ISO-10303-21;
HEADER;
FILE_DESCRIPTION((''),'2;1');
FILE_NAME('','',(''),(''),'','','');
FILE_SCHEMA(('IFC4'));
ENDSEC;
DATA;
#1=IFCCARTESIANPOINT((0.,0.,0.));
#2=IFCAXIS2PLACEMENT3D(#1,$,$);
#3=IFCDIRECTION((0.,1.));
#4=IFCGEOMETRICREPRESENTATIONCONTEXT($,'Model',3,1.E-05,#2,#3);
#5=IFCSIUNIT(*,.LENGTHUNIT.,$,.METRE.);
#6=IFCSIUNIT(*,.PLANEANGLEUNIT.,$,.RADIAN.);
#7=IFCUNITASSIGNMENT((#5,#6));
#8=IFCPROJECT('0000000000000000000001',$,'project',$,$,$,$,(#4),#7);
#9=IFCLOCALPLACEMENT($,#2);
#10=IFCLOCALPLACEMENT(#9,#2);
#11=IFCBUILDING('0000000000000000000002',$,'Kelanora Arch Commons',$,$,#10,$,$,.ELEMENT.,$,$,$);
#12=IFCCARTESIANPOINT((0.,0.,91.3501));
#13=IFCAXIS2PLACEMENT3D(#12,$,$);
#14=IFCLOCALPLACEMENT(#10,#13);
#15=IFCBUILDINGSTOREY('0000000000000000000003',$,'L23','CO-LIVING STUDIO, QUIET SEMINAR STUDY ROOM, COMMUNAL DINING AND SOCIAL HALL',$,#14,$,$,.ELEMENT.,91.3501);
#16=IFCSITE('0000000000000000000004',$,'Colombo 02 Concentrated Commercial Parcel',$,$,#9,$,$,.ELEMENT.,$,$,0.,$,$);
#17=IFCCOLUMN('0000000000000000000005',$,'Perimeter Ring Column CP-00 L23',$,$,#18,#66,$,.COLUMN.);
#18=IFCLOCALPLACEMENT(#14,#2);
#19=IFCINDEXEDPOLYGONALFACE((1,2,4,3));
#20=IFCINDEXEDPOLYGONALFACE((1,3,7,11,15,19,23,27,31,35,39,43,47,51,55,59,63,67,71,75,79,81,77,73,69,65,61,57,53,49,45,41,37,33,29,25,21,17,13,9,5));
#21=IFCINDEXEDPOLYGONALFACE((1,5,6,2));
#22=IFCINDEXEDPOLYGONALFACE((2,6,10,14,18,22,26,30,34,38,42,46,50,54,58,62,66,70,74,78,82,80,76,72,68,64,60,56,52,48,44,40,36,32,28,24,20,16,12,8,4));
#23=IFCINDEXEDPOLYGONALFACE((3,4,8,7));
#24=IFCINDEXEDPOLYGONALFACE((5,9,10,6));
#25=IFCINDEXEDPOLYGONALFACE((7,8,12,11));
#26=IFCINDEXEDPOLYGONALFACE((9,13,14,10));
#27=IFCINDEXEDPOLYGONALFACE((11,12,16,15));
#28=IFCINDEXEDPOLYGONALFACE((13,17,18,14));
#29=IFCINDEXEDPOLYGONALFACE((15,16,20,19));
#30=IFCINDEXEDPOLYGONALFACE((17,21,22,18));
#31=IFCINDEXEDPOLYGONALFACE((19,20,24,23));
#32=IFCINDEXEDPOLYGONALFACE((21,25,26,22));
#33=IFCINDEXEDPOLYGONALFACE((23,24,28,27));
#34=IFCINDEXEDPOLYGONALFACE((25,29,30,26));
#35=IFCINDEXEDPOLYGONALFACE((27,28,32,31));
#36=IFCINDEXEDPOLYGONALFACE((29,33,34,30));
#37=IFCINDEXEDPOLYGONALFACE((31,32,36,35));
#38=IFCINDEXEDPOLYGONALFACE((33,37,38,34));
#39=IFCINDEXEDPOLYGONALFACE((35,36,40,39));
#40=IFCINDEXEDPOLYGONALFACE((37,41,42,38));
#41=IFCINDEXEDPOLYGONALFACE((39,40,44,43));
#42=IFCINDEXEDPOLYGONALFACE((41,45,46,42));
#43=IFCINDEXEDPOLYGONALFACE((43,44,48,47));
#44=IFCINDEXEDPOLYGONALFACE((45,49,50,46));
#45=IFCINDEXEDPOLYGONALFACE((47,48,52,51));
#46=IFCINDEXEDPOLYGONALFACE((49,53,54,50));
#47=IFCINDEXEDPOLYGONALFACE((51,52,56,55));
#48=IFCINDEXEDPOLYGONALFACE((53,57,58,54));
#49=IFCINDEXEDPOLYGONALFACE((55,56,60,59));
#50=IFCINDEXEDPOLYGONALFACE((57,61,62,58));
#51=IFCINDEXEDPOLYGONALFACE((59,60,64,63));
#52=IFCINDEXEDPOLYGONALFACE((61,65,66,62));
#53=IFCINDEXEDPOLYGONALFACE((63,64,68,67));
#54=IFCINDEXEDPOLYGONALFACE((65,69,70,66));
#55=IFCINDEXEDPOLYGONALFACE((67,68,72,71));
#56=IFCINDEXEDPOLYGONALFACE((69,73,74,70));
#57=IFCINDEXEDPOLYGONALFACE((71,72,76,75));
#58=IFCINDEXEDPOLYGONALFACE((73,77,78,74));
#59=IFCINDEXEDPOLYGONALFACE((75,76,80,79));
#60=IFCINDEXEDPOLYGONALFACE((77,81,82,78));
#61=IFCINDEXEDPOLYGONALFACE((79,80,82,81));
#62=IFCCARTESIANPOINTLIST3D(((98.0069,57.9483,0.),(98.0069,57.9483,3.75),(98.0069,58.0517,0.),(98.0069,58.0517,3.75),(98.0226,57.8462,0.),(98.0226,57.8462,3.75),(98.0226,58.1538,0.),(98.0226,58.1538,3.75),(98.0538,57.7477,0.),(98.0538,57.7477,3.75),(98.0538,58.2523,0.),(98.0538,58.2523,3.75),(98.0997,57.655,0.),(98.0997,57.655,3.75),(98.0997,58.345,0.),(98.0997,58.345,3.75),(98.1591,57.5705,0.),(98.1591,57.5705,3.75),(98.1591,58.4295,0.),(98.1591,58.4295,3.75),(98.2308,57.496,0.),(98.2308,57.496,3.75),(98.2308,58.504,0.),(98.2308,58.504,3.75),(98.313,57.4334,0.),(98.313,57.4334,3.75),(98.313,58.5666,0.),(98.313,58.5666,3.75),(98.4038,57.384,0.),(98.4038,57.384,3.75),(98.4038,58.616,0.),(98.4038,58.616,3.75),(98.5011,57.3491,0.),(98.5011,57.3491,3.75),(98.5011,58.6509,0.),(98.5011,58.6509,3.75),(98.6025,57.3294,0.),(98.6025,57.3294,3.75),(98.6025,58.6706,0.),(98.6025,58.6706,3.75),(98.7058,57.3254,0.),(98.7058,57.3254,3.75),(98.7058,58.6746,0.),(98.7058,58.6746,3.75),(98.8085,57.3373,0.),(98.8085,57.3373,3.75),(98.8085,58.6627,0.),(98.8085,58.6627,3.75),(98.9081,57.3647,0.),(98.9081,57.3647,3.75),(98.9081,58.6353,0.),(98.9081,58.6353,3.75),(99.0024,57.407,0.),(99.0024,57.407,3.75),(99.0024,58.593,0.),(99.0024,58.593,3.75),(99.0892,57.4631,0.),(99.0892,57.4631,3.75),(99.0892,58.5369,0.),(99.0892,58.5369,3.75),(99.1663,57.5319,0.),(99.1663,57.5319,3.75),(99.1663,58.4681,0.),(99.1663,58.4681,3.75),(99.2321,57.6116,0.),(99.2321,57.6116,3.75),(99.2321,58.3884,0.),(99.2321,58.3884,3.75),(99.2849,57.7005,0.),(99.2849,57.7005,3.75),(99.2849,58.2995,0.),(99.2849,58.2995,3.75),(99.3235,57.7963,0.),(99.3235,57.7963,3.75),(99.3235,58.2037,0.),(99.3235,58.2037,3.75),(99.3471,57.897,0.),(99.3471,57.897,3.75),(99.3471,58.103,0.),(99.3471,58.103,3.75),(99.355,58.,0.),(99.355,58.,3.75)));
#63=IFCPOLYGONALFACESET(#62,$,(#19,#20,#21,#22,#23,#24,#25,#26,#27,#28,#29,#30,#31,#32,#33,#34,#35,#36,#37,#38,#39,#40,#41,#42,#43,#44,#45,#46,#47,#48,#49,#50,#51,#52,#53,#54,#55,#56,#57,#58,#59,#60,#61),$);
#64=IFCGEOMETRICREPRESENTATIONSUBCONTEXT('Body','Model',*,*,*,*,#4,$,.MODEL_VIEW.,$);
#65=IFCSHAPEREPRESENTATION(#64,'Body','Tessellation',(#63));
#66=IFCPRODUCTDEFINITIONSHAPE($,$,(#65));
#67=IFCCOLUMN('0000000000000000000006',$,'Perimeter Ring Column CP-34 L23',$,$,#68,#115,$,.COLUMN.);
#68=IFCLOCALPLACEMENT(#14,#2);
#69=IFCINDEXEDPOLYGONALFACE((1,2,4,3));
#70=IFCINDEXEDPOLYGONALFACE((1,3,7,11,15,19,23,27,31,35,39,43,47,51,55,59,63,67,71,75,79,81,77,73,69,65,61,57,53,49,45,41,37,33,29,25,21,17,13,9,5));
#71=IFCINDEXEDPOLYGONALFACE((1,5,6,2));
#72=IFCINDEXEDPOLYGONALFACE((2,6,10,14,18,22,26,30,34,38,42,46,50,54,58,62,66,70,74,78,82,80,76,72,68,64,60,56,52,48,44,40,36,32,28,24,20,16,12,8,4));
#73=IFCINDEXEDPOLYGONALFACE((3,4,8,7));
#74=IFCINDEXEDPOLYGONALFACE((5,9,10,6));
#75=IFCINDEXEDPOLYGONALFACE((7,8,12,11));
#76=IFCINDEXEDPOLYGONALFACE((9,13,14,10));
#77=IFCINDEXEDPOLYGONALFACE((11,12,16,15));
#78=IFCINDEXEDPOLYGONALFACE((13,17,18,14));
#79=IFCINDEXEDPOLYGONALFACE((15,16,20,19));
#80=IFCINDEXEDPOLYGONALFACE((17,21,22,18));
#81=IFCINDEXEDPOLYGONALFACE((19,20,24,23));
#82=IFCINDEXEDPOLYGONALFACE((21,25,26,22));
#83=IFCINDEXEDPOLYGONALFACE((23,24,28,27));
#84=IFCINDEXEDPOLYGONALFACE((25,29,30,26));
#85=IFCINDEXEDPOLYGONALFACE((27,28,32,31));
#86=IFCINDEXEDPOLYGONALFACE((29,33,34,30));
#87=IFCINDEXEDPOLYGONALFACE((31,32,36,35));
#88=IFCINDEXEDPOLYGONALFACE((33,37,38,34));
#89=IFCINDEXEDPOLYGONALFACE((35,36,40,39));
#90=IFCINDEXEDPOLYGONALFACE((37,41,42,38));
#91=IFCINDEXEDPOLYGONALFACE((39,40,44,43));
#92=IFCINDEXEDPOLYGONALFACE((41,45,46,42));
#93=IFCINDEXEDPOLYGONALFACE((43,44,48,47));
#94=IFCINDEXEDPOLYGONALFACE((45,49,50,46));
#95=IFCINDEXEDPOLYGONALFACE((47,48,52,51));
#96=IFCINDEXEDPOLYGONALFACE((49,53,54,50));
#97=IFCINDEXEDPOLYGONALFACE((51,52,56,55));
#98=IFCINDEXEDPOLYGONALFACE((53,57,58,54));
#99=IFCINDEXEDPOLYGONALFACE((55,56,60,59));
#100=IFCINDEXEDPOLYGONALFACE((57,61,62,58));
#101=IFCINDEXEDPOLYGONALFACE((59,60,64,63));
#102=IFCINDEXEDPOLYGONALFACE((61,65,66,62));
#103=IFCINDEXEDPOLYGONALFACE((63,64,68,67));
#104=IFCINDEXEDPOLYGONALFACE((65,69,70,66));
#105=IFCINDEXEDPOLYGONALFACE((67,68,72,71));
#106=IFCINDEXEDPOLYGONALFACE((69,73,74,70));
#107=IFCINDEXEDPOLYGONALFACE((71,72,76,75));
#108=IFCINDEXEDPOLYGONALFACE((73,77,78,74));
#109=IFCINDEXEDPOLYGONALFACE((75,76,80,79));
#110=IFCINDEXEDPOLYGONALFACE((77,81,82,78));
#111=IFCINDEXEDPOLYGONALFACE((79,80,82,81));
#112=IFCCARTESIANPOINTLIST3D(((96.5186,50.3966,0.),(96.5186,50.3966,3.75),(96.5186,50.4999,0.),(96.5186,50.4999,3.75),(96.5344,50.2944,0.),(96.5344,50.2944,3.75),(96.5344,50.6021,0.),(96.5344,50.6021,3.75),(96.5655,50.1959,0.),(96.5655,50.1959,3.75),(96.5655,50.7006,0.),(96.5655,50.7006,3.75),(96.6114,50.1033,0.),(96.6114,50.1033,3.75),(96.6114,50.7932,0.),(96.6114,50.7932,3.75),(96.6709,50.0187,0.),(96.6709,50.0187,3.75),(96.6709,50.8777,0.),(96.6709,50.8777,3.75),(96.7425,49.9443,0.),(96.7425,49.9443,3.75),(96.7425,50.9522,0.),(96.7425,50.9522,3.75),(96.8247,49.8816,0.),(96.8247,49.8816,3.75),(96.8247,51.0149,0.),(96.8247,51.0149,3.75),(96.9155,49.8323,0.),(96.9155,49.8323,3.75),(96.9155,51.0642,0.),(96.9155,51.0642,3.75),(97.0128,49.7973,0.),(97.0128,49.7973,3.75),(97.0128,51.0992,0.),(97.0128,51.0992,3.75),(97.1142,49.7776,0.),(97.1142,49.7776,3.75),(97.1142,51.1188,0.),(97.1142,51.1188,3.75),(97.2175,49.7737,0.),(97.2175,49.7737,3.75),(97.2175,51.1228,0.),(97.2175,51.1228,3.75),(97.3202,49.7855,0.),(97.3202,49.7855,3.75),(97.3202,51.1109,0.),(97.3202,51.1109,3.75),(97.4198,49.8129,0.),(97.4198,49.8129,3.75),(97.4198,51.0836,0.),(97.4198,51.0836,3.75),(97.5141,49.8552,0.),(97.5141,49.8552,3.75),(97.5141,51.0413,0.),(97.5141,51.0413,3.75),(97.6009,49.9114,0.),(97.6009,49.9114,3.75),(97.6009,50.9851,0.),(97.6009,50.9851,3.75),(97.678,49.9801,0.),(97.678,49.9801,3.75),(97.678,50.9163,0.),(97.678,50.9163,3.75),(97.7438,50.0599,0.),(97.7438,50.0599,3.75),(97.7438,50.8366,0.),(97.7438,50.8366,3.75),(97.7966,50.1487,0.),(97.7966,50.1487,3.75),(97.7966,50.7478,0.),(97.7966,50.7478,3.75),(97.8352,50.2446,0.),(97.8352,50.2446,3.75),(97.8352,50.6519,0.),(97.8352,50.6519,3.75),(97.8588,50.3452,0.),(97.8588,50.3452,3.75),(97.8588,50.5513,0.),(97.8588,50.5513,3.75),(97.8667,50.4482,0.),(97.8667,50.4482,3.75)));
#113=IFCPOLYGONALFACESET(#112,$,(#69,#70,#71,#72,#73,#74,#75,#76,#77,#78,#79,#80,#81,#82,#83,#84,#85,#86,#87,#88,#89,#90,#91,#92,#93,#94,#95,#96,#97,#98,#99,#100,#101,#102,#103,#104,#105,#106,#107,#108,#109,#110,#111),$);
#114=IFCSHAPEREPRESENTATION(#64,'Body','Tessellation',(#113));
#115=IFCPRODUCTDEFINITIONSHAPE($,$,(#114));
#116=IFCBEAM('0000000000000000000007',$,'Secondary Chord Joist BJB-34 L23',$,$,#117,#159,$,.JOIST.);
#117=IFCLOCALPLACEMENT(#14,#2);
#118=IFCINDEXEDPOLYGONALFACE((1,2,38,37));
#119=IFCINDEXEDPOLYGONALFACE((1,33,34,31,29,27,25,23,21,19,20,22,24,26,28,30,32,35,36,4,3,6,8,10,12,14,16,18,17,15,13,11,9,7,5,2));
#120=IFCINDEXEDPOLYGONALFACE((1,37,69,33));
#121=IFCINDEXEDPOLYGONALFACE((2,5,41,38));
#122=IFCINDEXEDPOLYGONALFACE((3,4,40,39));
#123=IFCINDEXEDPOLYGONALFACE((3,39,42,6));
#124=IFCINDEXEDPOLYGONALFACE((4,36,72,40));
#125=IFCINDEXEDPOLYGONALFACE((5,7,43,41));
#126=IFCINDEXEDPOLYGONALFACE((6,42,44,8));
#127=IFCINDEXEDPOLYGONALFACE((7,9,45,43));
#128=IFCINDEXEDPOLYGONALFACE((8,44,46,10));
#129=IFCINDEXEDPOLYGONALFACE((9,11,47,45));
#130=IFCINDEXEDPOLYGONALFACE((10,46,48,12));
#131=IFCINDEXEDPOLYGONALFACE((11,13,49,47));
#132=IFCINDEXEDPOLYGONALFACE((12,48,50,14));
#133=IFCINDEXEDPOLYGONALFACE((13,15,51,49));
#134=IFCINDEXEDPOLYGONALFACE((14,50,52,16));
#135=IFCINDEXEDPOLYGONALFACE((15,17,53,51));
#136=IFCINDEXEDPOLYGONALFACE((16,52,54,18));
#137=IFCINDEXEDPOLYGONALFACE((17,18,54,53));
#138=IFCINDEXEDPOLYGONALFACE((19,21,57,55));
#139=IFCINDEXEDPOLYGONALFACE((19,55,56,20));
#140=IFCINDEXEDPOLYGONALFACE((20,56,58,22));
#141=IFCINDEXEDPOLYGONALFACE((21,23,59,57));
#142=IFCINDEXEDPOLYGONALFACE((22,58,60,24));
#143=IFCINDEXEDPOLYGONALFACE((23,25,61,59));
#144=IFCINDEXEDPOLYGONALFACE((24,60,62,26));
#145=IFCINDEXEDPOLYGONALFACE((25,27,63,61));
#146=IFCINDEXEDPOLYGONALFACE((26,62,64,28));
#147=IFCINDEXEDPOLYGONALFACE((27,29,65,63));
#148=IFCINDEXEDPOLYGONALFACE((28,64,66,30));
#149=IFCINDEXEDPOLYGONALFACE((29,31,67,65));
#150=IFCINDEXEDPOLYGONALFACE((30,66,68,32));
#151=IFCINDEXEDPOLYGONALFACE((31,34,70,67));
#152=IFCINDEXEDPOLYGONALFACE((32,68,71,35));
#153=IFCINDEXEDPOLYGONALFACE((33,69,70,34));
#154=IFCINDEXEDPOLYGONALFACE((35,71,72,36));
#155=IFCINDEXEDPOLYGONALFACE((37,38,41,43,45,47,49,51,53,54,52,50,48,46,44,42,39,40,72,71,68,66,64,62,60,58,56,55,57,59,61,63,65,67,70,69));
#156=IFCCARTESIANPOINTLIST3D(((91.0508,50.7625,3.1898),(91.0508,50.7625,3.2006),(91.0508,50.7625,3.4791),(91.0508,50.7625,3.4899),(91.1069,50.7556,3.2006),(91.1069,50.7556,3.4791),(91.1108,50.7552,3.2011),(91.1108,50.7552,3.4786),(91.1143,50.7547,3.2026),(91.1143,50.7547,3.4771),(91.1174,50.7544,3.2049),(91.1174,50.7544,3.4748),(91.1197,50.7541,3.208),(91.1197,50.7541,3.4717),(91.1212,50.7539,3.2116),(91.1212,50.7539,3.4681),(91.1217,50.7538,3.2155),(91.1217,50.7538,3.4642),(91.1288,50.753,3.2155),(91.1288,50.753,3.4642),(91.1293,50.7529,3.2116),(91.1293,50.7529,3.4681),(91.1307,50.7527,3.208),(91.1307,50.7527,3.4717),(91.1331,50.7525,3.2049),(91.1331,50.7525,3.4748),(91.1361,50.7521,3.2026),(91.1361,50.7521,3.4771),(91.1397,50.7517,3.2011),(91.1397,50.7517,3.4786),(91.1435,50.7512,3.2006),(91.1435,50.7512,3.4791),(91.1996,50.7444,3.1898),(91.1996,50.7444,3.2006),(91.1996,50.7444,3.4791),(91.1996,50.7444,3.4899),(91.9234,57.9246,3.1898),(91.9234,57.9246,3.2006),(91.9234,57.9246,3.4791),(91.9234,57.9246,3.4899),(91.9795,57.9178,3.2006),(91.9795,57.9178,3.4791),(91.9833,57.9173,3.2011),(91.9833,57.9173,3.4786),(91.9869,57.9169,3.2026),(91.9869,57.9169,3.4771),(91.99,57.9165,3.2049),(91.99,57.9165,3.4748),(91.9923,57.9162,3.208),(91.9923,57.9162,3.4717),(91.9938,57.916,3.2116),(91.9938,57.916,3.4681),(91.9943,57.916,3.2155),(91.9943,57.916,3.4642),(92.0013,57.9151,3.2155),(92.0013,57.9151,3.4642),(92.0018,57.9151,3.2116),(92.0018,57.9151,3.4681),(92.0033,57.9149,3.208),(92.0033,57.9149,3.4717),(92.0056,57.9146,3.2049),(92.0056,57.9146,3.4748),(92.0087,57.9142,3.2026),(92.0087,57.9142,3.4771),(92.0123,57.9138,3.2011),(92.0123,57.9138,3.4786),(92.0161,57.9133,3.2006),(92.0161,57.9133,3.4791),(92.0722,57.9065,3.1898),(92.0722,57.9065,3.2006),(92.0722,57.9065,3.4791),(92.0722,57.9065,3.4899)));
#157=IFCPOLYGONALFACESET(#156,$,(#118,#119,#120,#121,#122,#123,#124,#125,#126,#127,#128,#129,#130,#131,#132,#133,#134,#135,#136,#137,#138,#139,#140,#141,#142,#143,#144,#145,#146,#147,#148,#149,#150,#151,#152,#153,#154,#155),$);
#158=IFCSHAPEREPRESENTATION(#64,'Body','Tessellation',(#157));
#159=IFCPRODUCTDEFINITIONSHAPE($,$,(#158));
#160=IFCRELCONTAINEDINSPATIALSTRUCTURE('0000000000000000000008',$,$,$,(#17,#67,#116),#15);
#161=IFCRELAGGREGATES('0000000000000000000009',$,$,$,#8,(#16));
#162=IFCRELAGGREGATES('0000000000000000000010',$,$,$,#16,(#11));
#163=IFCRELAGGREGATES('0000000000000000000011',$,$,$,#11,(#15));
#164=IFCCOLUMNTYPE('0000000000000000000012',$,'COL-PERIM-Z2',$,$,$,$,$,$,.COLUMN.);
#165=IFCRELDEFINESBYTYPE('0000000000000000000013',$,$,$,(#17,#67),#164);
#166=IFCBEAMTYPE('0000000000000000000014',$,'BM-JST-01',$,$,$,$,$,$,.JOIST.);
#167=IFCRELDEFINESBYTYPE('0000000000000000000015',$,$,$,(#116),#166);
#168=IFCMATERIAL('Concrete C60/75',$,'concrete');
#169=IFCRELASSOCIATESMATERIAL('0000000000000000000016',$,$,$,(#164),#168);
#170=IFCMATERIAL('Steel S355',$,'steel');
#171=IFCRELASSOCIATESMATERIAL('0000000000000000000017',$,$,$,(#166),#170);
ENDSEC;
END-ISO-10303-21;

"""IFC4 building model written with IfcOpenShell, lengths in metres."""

from ifc_helpers import new_model, si_unit, direction, frame, origin, origin_2d, place, context, subcontext, project, spatial, circle, i_section, extrude, material, material_profile, profile_set, type_object, element, save


model = new_model("IFC4")

# Units and contexts
model_context = context("Model", 3, precision=1e-05, world=origin(), true_north=direction((0.0, 1.0)))
body_context = subcontext(model_context, "Body", "Model", "MODEL_VIEW")
ifc_project = project(units=[si_unit("LENGTHUNIT", "METRE"), si_unit("PLANEANGLEUNIT", "RADIAN")], contexts=[model_context])

# Site, building, storey
site_placement = place(None, origin())
site = spatial("IfcSite", under=ifc_project, at=site_placement, Name="Colombo 02 Concentrated Commercial Parcel", CompositionType="ELEMENT", RefElevation=0.0)
building_placement = place(site_placement, origin())
building = spatial("IfcBuilding", under=site, at=building_placement, Name="Kelanora Arch Commons", CompositionType="ELEMENT")
storey_placement = place(building_placement, frame((0.0, 0.0, 91.3501)))
storey = spatial("IfcBuildingStorey", under=building, at=storey_placement, Name="L23", Description="CO-LIVING STUDIO, QUIET SEMINAR STUDY ROOM, COMMUNAL DINING AND SOCIAL HALL", CompositionType="ELEMENT", Elevation=91.3501)

# Columns
ifc_material_1 = material(Name="Concrete C60/75", Category="concrete")
ifc_material_profile_1 = material_profile(ifc_material_1, circle(Radius=0.675, at=origin_2d()), Name="RCC1350")
ifc_profile_set_1 = profile_set([ifc_material_profile_1], Name="Concrete C60/75")
column_type = type_object("IfcColumnType", Name="COL-PERIM-Z2", PredefinedType="COLUMN", material=ifc_profile_set_1)
for number, where, z_axis, x_axis, name in (
    (1, (98.6799, 58.0, 0.0), (0.0, 0.0, 1.0), (1.0, 0.0, 0.0), "Perimeter Ring Column CP-00 L23"),
    (2, (97.1917, 50.4482, 0.0), (0.0, 0.0, 1.0), (1.0, 0.0, 0.0), "Perimeter Ring Column CP-34 L23"),
):
    element("IfcColumn", number, at=place(storey_placement, frame(where, z_axis=z_axis, x_axis=x_axis)), inside=storey, type_object=column_type, Name=name, PredefinedType="COLUMN", context=body_context, shape_type="SweptSolid", body=[
        extrude(circle(Radius=0.675, at=origin_2d()), origin(), (0.0, 0.0, 1.0), 3.75),
    ])

# Beam
ifc_material_2 = material(Name="Steel S355", Category="steel")
ifc_material_profile_2 = material_profile(ifc_material_2, i_section(OverallWidth=0.1499, OverallDepth=0.3, WebThickness=0.0071, FlangeThickness=0.0107, FilletRadius=0.0149, at=origin_2d()), Name="IPE300")
ifc_profile_set_2 = profile_set([ifc_material_profile_2], Name="Steel S355")
beam_type_1 = type_object("IfcBeamType", Name="BM-JST-01", PredefinedType="JOIST", material=ifc_profile_set_2)
beam_1_placement = place(storey_placement, frame((91.1252, 50.7534, 3.3398), z_axis=(0.120936, 0.99266, 0.0), x_axis=(-0.99266, 0.120936, 0.0)))
element("IfcBeam", 3, at=beam_1_placement, inside=storey, type_object=beam_type_1, Name="Secondary Chord Joist BJB-34 L23", PredefinedType="JOIST", context=body_context, shape_type="SweptSolid", body=[
    extrude(i_section(OverallWidth=0.1499, OverallDepth=0.3, WebThickness=0.0071, FlangeThickness=0.0107, FilletRadius=0.0149, at=origin_2d()), origin(), (0.0, 0.0, 1.0), 7.2151),
])

save(model, "model.ifc")
